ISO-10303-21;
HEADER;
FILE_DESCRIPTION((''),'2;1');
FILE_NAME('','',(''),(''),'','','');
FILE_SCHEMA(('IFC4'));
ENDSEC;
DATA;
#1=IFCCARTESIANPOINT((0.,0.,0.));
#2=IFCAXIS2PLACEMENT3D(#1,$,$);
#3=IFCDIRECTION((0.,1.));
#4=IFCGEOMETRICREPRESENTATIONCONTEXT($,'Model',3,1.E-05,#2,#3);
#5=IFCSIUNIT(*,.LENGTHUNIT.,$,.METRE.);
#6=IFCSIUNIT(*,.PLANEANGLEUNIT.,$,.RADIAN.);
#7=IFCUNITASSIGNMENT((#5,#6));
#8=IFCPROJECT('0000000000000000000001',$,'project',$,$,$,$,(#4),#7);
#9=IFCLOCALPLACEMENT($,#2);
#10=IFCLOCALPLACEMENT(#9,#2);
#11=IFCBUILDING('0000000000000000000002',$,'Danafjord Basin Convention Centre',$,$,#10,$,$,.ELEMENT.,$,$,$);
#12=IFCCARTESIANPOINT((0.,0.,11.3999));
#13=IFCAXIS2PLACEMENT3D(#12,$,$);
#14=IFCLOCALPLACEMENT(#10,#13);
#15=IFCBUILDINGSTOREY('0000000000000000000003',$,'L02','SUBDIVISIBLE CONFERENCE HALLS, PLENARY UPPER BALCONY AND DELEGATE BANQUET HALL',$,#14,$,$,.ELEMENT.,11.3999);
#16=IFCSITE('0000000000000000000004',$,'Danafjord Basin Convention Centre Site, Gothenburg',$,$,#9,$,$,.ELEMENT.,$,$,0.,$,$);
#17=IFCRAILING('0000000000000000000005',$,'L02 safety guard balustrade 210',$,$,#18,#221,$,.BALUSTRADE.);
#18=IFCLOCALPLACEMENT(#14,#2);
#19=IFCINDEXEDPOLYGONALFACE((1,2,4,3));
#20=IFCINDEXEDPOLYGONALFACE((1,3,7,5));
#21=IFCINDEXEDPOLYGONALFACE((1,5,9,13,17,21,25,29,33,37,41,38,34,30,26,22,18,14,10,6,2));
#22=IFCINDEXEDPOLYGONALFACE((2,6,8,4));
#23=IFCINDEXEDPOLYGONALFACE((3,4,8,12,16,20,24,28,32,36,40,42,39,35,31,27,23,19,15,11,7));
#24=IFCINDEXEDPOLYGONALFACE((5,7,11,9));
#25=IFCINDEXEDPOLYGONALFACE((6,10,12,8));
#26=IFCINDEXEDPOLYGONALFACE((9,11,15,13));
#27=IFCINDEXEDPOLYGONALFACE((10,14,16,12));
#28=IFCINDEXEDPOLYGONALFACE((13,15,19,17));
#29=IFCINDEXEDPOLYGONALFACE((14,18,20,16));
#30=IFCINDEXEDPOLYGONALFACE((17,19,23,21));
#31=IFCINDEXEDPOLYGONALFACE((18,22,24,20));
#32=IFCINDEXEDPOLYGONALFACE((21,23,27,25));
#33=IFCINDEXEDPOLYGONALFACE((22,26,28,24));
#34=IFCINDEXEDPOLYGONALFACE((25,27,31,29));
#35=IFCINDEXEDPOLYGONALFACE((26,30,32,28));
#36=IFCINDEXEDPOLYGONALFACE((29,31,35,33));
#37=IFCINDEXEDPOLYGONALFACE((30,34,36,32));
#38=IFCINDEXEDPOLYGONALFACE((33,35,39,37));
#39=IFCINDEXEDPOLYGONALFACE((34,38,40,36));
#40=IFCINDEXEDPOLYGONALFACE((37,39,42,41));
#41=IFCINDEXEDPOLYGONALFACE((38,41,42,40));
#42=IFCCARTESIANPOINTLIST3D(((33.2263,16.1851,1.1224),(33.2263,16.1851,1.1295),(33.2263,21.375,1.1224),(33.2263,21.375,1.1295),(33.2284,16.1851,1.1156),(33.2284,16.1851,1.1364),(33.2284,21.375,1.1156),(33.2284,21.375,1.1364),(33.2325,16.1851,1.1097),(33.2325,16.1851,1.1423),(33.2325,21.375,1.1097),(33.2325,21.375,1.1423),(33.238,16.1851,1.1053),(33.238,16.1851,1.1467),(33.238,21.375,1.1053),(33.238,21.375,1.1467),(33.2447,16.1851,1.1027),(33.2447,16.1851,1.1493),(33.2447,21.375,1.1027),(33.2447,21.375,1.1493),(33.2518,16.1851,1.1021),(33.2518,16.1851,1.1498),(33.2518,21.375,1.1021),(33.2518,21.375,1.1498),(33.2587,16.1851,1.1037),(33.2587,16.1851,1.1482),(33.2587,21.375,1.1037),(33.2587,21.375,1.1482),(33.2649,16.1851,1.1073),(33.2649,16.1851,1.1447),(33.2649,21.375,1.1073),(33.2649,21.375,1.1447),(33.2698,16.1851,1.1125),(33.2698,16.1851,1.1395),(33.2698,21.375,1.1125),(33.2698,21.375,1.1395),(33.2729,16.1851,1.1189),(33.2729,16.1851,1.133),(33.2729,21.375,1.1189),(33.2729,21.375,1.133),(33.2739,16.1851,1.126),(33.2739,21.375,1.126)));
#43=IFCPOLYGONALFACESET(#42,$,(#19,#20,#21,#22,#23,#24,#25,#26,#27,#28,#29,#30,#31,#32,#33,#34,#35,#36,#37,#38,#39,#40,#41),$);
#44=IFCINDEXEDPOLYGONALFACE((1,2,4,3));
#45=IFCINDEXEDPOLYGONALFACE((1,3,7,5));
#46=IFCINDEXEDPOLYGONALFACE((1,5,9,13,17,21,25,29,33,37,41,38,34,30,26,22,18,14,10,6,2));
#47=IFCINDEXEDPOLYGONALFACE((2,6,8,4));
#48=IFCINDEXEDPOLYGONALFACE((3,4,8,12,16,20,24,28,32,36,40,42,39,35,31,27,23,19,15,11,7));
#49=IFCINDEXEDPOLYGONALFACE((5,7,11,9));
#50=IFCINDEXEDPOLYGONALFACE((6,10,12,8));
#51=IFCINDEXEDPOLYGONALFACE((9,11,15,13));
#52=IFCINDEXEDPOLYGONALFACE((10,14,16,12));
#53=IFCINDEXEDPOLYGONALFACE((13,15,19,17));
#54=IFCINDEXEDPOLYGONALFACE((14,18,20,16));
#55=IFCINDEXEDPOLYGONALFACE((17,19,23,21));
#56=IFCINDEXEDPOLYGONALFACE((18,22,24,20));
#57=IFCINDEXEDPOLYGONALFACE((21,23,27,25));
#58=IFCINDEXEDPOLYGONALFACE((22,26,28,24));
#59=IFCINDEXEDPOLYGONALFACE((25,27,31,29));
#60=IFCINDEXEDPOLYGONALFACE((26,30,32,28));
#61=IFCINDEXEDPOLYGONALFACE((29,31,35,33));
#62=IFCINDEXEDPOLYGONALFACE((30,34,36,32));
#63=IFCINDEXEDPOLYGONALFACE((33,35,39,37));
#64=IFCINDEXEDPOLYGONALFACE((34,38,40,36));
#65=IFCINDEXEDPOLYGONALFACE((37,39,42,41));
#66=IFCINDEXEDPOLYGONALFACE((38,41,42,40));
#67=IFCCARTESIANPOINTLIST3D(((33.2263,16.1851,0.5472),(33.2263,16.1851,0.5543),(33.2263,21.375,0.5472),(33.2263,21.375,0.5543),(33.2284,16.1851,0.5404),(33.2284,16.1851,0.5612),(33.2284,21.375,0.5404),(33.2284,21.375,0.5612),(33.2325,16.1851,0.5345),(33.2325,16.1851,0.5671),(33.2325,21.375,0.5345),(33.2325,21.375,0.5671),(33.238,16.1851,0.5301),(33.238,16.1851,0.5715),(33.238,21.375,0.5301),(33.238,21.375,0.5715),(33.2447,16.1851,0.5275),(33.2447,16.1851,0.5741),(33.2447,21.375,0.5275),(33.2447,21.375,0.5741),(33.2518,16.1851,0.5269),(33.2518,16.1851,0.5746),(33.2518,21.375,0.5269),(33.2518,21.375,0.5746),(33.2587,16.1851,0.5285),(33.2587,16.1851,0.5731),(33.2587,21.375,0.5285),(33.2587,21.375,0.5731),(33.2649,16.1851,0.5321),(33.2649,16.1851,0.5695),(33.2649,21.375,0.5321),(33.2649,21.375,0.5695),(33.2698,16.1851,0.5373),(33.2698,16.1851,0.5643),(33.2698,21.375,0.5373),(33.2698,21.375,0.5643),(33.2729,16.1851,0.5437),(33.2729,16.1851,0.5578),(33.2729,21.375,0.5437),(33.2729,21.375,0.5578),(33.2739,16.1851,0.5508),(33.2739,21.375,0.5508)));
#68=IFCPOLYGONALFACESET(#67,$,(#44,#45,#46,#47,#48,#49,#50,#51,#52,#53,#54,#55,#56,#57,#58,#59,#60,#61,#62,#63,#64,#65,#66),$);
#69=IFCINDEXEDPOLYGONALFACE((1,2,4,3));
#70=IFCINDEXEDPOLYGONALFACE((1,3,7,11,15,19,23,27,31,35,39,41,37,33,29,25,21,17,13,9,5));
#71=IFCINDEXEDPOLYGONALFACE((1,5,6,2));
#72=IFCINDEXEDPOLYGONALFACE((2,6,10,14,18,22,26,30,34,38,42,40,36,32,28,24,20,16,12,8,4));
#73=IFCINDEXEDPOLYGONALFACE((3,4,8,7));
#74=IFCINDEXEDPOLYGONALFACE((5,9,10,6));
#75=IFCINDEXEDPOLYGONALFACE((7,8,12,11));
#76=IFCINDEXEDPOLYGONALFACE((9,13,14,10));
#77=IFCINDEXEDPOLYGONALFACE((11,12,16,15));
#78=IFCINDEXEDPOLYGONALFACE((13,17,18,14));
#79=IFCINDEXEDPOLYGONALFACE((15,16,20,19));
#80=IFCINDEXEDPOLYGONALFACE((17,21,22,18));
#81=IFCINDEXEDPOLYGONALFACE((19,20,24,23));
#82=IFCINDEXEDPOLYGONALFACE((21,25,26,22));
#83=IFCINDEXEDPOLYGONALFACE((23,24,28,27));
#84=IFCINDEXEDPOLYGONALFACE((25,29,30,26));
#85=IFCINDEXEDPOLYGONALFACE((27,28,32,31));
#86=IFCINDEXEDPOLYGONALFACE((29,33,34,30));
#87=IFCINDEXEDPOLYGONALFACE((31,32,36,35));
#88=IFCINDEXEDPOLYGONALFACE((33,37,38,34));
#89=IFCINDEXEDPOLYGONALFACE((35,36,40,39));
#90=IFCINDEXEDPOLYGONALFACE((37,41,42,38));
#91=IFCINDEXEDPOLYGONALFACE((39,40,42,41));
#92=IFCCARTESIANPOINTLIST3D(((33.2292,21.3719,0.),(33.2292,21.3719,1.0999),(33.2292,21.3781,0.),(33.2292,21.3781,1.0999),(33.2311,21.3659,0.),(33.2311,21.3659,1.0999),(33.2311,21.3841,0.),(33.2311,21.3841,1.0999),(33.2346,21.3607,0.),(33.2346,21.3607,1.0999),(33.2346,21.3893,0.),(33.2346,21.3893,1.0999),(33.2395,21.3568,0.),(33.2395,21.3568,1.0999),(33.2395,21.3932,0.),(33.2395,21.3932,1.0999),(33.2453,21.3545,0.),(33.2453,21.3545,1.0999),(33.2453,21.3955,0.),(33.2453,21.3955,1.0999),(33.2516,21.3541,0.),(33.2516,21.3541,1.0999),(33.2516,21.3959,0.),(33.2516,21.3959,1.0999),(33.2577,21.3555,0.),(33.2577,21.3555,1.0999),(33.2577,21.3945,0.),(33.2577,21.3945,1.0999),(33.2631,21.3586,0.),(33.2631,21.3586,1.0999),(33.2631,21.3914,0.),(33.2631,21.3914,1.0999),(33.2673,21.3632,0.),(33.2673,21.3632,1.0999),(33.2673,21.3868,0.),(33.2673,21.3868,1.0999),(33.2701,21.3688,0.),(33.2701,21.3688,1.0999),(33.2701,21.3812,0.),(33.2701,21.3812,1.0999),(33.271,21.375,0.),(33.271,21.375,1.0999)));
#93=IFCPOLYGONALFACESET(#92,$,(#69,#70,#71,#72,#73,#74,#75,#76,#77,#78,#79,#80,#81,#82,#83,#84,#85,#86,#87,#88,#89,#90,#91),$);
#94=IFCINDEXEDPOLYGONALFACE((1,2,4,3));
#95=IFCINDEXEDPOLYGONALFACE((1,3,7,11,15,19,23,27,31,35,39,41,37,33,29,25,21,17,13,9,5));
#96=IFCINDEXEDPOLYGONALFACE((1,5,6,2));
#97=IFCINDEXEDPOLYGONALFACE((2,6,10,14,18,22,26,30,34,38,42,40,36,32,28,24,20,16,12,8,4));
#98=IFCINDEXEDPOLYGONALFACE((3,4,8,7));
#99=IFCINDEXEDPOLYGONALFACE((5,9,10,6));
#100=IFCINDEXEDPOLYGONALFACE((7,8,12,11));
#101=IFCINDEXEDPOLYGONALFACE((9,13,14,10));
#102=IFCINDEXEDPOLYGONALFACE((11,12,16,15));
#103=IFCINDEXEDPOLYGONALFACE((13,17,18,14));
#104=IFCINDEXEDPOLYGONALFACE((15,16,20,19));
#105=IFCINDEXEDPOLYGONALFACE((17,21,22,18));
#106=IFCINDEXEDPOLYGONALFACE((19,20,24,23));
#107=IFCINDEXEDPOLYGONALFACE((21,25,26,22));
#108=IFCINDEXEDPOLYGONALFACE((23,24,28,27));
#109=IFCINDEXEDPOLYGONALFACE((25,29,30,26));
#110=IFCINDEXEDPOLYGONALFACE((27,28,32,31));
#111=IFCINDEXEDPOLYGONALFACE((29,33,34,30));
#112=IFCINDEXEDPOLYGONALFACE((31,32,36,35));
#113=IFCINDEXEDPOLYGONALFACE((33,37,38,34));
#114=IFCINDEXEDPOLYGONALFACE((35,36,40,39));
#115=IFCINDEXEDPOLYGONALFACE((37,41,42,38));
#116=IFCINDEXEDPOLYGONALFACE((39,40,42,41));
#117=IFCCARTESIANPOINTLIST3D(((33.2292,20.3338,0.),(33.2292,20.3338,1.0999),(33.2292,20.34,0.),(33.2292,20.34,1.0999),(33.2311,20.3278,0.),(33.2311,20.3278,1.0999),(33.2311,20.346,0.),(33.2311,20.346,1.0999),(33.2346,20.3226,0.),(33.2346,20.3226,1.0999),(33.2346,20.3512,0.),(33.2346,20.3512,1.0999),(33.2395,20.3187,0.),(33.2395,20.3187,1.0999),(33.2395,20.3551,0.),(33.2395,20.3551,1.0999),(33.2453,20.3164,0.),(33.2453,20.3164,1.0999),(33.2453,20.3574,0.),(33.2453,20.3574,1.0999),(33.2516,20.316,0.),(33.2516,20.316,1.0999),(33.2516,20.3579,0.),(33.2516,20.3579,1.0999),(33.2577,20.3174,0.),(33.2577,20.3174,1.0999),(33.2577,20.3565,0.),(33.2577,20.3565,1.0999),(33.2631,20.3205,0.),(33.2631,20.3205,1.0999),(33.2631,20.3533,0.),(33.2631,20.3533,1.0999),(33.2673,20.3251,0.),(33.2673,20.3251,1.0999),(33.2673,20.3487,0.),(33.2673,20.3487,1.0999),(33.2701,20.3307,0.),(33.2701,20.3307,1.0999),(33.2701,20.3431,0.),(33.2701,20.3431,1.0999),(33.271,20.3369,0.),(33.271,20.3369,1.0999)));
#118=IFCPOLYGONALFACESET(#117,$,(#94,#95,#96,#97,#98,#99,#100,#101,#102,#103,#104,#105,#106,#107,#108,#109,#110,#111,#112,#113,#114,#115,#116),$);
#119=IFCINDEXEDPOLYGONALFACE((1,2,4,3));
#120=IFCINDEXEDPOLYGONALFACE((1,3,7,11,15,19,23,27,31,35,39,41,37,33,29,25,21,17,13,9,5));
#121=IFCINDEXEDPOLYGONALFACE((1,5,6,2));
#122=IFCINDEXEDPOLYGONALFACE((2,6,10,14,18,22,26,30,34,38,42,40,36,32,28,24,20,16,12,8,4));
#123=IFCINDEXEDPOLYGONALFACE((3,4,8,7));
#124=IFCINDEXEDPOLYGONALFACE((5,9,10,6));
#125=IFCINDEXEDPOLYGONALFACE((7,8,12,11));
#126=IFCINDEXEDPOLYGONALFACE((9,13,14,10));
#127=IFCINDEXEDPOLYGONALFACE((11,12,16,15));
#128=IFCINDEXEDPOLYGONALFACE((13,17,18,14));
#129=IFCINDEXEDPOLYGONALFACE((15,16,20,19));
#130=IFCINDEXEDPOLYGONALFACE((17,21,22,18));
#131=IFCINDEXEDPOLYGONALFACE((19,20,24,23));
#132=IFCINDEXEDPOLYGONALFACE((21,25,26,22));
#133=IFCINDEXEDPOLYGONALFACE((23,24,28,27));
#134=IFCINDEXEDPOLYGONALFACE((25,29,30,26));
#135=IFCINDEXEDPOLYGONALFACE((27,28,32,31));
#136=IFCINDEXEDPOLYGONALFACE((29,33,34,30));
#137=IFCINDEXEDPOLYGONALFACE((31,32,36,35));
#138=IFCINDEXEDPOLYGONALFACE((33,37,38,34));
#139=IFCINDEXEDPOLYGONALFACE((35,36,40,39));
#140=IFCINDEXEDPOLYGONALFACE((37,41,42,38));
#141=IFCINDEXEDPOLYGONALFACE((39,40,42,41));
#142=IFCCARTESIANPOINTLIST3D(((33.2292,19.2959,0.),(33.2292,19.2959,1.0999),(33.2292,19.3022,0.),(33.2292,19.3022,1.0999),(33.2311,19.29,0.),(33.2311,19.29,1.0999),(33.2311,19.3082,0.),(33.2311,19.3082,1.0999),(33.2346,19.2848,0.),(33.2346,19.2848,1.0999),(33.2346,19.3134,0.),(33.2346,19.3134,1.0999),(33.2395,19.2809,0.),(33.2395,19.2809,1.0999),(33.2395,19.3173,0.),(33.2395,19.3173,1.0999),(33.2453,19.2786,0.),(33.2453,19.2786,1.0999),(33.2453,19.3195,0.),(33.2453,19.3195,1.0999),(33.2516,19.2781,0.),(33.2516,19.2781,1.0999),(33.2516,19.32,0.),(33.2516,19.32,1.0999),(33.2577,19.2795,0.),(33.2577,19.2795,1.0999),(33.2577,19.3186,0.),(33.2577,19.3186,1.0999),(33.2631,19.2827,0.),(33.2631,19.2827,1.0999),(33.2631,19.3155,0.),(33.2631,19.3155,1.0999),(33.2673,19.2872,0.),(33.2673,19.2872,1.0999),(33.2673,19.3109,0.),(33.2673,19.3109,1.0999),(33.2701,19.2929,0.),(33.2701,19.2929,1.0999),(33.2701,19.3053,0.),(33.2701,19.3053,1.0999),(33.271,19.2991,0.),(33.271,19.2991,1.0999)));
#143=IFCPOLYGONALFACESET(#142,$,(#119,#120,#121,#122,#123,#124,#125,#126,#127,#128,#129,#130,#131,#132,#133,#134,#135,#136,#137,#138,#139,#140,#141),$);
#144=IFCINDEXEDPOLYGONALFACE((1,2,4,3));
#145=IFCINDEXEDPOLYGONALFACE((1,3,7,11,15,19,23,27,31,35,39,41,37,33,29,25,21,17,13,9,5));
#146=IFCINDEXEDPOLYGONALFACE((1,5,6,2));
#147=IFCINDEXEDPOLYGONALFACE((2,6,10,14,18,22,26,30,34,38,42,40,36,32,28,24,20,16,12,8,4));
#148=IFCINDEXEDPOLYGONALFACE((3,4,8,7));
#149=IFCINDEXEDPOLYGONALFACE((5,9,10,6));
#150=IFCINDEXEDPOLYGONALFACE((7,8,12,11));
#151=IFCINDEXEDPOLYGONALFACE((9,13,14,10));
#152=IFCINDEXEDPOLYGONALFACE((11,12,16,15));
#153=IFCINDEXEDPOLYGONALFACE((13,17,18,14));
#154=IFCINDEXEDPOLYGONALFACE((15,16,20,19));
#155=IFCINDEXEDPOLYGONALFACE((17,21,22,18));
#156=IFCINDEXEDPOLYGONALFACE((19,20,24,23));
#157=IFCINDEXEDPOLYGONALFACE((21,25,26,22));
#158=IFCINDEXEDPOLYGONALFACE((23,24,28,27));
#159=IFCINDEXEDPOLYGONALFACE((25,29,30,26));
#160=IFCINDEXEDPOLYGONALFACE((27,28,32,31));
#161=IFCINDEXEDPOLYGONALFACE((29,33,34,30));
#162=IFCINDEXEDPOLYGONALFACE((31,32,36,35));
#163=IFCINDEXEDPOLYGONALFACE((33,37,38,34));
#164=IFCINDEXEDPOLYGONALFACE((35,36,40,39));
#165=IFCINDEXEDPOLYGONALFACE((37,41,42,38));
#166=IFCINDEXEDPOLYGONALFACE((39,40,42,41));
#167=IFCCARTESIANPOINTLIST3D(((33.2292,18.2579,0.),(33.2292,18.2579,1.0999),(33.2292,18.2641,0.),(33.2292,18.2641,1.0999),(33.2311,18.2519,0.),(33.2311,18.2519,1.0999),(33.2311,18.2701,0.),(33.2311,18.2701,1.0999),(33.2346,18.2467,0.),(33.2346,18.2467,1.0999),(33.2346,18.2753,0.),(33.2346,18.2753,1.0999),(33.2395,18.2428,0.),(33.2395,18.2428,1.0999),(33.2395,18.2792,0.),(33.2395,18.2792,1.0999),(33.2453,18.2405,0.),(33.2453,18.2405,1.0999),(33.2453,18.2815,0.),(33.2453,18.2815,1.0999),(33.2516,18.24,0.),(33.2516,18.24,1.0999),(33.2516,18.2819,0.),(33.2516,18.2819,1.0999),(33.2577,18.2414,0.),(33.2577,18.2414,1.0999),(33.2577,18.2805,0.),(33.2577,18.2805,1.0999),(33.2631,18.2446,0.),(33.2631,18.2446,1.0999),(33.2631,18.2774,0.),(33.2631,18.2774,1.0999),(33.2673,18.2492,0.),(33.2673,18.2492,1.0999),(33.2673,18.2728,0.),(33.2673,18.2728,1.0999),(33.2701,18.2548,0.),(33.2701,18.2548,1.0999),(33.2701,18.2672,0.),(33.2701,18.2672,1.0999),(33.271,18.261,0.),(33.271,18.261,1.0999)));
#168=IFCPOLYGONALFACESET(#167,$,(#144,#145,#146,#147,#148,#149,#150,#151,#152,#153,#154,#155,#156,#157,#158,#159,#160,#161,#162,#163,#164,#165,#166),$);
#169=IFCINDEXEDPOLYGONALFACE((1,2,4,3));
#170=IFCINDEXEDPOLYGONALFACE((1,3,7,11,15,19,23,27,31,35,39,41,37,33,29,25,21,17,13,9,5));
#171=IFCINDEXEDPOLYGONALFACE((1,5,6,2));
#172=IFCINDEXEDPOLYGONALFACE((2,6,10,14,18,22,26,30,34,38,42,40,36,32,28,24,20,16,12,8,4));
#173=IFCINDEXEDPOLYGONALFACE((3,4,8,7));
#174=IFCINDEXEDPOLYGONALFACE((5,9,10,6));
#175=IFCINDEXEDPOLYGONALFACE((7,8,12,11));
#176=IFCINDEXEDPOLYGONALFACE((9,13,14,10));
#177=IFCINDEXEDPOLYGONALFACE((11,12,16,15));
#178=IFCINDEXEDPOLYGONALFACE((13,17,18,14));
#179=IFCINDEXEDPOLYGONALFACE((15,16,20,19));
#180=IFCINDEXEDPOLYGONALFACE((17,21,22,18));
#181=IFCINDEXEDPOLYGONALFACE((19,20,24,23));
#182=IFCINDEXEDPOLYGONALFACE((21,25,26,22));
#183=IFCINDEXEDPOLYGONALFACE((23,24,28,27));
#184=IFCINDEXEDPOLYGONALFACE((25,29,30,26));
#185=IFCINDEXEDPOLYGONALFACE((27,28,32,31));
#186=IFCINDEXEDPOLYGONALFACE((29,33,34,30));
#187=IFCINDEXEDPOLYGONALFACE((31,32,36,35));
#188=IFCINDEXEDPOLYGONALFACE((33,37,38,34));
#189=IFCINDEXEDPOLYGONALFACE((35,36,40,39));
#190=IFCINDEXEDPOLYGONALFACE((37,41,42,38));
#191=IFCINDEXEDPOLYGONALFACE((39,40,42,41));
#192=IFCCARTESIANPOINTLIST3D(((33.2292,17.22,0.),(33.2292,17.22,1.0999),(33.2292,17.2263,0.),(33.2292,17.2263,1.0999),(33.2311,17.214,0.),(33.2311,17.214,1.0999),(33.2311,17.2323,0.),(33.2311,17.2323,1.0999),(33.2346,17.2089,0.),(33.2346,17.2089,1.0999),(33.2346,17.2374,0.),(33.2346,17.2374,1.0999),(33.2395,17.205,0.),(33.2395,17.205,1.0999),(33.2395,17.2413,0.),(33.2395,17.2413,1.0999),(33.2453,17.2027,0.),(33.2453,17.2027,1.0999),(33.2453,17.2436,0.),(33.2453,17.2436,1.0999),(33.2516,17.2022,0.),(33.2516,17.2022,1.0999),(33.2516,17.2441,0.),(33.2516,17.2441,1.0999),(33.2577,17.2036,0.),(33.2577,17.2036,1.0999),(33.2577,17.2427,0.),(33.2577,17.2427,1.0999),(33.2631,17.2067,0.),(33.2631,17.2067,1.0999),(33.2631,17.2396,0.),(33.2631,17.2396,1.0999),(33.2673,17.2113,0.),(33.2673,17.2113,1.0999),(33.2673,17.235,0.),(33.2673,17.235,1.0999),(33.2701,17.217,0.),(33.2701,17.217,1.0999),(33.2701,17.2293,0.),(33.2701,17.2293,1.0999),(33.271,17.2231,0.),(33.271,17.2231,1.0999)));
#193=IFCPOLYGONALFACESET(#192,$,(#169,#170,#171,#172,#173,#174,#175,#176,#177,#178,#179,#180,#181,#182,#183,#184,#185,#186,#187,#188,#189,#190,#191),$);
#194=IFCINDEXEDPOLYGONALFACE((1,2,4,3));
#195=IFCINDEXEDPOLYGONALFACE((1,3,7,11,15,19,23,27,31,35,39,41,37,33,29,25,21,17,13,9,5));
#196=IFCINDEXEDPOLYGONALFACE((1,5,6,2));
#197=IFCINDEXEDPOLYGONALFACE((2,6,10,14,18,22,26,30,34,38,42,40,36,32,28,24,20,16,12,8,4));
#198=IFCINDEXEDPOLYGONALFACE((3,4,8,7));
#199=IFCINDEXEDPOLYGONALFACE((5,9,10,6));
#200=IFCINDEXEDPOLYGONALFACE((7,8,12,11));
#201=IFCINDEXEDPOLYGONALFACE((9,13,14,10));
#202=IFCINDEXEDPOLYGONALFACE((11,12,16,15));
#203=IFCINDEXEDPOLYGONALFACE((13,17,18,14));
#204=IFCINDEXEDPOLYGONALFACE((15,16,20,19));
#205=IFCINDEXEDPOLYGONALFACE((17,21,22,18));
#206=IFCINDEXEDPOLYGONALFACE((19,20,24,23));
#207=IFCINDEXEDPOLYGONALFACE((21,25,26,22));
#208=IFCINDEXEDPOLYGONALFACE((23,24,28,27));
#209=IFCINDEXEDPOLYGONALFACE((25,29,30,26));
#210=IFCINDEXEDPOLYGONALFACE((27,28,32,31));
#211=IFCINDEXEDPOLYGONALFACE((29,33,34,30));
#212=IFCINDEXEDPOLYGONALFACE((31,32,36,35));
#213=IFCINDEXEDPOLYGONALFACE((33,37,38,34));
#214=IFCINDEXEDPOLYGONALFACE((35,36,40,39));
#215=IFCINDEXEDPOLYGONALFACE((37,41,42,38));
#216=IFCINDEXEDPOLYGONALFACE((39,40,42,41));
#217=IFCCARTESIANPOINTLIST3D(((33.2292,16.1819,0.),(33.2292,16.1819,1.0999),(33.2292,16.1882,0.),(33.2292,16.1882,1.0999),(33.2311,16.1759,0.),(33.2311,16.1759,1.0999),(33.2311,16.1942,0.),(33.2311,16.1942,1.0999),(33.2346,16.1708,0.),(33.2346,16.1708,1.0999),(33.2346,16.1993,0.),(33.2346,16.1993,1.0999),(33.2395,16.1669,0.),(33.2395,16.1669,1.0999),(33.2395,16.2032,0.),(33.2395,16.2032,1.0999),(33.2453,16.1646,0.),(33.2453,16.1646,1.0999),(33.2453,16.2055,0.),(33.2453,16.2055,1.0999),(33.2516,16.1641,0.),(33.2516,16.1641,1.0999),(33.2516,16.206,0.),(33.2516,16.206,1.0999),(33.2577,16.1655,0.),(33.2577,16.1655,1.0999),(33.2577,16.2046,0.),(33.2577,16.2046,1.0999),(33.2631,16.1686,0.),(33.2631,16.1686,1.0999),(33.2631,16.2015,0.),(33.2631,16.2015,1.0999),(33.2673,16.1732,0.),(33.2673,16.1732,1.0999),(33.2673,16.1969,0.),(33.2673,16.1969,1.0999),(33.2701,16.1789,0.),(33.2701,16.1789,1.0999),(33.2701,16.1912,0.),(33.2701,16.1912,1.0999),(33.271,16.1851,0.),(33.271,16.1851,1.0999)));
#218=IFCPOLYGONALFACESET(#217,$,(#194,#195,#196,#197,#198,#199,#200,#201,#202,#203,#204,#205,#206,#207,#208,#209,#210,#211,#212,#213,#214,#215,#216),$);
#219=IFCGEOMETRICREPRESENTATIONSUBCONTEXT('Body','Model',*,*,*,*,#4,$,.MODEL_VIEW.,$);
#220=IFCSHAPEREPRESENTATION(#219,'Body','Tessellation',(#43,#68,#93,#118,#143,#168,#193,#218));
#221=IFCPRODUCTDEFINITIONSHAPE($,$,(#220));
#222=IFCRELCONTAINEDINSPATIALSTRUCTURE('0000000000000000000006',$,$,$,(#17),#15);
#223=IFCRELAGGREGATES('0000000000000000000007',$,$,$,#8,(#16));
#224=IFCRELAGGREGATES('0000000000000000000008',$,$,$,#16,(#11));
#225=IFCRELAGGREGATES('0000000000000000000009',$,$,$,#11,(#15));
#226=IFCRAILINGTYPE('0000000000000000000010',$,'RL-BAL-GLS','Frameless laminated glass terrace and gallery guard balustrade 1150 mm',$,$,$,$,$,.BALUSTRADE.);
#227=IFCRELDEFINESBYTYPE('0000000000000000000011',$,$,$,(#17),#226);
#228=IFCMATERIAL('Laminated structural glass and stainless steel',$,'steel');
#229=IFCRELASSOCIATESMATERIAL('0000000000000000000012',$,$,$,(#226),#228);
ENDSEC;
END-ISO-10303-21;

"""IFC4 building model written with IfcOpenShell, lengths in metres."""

from ifc_helpers import new_model, si_unit, direction, frame, origin, origin_2d, place, context, subcontext, project, spatial, circle, extrude, material, type_object, element, save


model = new_model("IFC4")

# Units and contexts
model_context = context("Model", 3, precision=1e-05, world=origin(), true_north=direction((0.0, 1.0)))
body_context = subcontext(model_context, "Body", "Model", "MODEL_VIEW")
ifc_project = project(units=[si_unit("LENGTHUNIT", "METRE"), si_unit("PLANEANGLEUNIT", "RADIAN")], contexts=[model_context])

# Site, building, storey
site_placement = place(None, origin())
site = spatial("IfcSite", under=ifc_project, at=site_placement, Name="Danafjord Basin Convention Centre Site, Gothenburg", CompositionType="ELEMENT", RefElevation=0.0)
building_placement = place(site_placement, origin())
building = spatial("IfcBuilding", under=site, at=building_placement, Name="Danafjord Basin Convention Centre", CompositionType="ELEMENT")
storey_placement = place(building_placement, frame((0.0, 0.0, 11.3999)))
storey = spatial("IfcBuildingStorey", under=building, at=storey_placement, Name="L02", Description="SUBDIVISIBLE CONFERENCE HALLS, PLENARY UPPER BALCONY AND DELEGATE BANQUET HALL", CompositionType="ELEMENT", Elevation=11.3999)

# Railing
ifc_material_1 = material(Name="Laminated structural glass and stainless steel", Category="steel")
railing_type_1 = type_object("IfcRailingType", Name="RL-BAL-GLS", Description="Frameless laminated glass terrace and gallery guard balustrade 1150 mm", PredefinedType="BALUSTRADE", material=ifc_material_1)
railing_1_placement = place(storey_placement, frame((33.25, 21.375, 0.0)))
element("IfcRailing", 1, at=railing_1_placement, inside=storey, type_object=railing_type_1, Name="L02 safety guard balustrade 210", PredefinedType="BALUSTRADE", context=body_context, shape_type="SweptSolid", body=[
    extrude(circle(Radius=0.0239, at=origin_2d()), frame((0.0, 0.0, 1.126), z_axis=(0.0, -1.0, 0.0), x_axis=(1.0, 0.0, 0.0)), (0.0, 0.0, 1.0), 5.1899),
    extrude(circle(Radius=0.0239, at=origin_2d()), frame((0.0, 0.0, 0.5508), z_axis=(0.0, -1.0, 0.0), x_axis=(1.0, 0.0, 0.0)), (0.0, 0.0, 1.0), 5.1899),
    extrude(circle(Radius=0.021, at=origin_2d()), origin(), (0.0, 0.0, 1.0), 1.0999),
    extrude(circle(Radius=0.021, at=origin_2d()), frame((0.0, -1.0381, 0.0)), (0.0, 0.0, 1.0), 1.0999),
    extrude(circle(Radius=0.021, at=origin_2d()), frame((0.0, -2.0759, 0.0)), (0.0, 0.0, 1.0), 1.0999),
    extrude(circle(Radius=0.021, at=origin_2d()), frame((0.0, -3.114, 0.0)), (0.0, 0.0, 1.0), 1.0999),
    extrude(circle(Radius=0.021, at=origin_2d()), frame((0.0, -4.1519, 0.0)), (0.0, 0.0, 1.0), 1.0999),
    extrude(circle(Radius=0.021, at=origin_2d()), frame((0.0, -5.1899, 0.0)), (0.0, 0.0, 1.0), 1.0999),
])

save(model, "model.ifc")
